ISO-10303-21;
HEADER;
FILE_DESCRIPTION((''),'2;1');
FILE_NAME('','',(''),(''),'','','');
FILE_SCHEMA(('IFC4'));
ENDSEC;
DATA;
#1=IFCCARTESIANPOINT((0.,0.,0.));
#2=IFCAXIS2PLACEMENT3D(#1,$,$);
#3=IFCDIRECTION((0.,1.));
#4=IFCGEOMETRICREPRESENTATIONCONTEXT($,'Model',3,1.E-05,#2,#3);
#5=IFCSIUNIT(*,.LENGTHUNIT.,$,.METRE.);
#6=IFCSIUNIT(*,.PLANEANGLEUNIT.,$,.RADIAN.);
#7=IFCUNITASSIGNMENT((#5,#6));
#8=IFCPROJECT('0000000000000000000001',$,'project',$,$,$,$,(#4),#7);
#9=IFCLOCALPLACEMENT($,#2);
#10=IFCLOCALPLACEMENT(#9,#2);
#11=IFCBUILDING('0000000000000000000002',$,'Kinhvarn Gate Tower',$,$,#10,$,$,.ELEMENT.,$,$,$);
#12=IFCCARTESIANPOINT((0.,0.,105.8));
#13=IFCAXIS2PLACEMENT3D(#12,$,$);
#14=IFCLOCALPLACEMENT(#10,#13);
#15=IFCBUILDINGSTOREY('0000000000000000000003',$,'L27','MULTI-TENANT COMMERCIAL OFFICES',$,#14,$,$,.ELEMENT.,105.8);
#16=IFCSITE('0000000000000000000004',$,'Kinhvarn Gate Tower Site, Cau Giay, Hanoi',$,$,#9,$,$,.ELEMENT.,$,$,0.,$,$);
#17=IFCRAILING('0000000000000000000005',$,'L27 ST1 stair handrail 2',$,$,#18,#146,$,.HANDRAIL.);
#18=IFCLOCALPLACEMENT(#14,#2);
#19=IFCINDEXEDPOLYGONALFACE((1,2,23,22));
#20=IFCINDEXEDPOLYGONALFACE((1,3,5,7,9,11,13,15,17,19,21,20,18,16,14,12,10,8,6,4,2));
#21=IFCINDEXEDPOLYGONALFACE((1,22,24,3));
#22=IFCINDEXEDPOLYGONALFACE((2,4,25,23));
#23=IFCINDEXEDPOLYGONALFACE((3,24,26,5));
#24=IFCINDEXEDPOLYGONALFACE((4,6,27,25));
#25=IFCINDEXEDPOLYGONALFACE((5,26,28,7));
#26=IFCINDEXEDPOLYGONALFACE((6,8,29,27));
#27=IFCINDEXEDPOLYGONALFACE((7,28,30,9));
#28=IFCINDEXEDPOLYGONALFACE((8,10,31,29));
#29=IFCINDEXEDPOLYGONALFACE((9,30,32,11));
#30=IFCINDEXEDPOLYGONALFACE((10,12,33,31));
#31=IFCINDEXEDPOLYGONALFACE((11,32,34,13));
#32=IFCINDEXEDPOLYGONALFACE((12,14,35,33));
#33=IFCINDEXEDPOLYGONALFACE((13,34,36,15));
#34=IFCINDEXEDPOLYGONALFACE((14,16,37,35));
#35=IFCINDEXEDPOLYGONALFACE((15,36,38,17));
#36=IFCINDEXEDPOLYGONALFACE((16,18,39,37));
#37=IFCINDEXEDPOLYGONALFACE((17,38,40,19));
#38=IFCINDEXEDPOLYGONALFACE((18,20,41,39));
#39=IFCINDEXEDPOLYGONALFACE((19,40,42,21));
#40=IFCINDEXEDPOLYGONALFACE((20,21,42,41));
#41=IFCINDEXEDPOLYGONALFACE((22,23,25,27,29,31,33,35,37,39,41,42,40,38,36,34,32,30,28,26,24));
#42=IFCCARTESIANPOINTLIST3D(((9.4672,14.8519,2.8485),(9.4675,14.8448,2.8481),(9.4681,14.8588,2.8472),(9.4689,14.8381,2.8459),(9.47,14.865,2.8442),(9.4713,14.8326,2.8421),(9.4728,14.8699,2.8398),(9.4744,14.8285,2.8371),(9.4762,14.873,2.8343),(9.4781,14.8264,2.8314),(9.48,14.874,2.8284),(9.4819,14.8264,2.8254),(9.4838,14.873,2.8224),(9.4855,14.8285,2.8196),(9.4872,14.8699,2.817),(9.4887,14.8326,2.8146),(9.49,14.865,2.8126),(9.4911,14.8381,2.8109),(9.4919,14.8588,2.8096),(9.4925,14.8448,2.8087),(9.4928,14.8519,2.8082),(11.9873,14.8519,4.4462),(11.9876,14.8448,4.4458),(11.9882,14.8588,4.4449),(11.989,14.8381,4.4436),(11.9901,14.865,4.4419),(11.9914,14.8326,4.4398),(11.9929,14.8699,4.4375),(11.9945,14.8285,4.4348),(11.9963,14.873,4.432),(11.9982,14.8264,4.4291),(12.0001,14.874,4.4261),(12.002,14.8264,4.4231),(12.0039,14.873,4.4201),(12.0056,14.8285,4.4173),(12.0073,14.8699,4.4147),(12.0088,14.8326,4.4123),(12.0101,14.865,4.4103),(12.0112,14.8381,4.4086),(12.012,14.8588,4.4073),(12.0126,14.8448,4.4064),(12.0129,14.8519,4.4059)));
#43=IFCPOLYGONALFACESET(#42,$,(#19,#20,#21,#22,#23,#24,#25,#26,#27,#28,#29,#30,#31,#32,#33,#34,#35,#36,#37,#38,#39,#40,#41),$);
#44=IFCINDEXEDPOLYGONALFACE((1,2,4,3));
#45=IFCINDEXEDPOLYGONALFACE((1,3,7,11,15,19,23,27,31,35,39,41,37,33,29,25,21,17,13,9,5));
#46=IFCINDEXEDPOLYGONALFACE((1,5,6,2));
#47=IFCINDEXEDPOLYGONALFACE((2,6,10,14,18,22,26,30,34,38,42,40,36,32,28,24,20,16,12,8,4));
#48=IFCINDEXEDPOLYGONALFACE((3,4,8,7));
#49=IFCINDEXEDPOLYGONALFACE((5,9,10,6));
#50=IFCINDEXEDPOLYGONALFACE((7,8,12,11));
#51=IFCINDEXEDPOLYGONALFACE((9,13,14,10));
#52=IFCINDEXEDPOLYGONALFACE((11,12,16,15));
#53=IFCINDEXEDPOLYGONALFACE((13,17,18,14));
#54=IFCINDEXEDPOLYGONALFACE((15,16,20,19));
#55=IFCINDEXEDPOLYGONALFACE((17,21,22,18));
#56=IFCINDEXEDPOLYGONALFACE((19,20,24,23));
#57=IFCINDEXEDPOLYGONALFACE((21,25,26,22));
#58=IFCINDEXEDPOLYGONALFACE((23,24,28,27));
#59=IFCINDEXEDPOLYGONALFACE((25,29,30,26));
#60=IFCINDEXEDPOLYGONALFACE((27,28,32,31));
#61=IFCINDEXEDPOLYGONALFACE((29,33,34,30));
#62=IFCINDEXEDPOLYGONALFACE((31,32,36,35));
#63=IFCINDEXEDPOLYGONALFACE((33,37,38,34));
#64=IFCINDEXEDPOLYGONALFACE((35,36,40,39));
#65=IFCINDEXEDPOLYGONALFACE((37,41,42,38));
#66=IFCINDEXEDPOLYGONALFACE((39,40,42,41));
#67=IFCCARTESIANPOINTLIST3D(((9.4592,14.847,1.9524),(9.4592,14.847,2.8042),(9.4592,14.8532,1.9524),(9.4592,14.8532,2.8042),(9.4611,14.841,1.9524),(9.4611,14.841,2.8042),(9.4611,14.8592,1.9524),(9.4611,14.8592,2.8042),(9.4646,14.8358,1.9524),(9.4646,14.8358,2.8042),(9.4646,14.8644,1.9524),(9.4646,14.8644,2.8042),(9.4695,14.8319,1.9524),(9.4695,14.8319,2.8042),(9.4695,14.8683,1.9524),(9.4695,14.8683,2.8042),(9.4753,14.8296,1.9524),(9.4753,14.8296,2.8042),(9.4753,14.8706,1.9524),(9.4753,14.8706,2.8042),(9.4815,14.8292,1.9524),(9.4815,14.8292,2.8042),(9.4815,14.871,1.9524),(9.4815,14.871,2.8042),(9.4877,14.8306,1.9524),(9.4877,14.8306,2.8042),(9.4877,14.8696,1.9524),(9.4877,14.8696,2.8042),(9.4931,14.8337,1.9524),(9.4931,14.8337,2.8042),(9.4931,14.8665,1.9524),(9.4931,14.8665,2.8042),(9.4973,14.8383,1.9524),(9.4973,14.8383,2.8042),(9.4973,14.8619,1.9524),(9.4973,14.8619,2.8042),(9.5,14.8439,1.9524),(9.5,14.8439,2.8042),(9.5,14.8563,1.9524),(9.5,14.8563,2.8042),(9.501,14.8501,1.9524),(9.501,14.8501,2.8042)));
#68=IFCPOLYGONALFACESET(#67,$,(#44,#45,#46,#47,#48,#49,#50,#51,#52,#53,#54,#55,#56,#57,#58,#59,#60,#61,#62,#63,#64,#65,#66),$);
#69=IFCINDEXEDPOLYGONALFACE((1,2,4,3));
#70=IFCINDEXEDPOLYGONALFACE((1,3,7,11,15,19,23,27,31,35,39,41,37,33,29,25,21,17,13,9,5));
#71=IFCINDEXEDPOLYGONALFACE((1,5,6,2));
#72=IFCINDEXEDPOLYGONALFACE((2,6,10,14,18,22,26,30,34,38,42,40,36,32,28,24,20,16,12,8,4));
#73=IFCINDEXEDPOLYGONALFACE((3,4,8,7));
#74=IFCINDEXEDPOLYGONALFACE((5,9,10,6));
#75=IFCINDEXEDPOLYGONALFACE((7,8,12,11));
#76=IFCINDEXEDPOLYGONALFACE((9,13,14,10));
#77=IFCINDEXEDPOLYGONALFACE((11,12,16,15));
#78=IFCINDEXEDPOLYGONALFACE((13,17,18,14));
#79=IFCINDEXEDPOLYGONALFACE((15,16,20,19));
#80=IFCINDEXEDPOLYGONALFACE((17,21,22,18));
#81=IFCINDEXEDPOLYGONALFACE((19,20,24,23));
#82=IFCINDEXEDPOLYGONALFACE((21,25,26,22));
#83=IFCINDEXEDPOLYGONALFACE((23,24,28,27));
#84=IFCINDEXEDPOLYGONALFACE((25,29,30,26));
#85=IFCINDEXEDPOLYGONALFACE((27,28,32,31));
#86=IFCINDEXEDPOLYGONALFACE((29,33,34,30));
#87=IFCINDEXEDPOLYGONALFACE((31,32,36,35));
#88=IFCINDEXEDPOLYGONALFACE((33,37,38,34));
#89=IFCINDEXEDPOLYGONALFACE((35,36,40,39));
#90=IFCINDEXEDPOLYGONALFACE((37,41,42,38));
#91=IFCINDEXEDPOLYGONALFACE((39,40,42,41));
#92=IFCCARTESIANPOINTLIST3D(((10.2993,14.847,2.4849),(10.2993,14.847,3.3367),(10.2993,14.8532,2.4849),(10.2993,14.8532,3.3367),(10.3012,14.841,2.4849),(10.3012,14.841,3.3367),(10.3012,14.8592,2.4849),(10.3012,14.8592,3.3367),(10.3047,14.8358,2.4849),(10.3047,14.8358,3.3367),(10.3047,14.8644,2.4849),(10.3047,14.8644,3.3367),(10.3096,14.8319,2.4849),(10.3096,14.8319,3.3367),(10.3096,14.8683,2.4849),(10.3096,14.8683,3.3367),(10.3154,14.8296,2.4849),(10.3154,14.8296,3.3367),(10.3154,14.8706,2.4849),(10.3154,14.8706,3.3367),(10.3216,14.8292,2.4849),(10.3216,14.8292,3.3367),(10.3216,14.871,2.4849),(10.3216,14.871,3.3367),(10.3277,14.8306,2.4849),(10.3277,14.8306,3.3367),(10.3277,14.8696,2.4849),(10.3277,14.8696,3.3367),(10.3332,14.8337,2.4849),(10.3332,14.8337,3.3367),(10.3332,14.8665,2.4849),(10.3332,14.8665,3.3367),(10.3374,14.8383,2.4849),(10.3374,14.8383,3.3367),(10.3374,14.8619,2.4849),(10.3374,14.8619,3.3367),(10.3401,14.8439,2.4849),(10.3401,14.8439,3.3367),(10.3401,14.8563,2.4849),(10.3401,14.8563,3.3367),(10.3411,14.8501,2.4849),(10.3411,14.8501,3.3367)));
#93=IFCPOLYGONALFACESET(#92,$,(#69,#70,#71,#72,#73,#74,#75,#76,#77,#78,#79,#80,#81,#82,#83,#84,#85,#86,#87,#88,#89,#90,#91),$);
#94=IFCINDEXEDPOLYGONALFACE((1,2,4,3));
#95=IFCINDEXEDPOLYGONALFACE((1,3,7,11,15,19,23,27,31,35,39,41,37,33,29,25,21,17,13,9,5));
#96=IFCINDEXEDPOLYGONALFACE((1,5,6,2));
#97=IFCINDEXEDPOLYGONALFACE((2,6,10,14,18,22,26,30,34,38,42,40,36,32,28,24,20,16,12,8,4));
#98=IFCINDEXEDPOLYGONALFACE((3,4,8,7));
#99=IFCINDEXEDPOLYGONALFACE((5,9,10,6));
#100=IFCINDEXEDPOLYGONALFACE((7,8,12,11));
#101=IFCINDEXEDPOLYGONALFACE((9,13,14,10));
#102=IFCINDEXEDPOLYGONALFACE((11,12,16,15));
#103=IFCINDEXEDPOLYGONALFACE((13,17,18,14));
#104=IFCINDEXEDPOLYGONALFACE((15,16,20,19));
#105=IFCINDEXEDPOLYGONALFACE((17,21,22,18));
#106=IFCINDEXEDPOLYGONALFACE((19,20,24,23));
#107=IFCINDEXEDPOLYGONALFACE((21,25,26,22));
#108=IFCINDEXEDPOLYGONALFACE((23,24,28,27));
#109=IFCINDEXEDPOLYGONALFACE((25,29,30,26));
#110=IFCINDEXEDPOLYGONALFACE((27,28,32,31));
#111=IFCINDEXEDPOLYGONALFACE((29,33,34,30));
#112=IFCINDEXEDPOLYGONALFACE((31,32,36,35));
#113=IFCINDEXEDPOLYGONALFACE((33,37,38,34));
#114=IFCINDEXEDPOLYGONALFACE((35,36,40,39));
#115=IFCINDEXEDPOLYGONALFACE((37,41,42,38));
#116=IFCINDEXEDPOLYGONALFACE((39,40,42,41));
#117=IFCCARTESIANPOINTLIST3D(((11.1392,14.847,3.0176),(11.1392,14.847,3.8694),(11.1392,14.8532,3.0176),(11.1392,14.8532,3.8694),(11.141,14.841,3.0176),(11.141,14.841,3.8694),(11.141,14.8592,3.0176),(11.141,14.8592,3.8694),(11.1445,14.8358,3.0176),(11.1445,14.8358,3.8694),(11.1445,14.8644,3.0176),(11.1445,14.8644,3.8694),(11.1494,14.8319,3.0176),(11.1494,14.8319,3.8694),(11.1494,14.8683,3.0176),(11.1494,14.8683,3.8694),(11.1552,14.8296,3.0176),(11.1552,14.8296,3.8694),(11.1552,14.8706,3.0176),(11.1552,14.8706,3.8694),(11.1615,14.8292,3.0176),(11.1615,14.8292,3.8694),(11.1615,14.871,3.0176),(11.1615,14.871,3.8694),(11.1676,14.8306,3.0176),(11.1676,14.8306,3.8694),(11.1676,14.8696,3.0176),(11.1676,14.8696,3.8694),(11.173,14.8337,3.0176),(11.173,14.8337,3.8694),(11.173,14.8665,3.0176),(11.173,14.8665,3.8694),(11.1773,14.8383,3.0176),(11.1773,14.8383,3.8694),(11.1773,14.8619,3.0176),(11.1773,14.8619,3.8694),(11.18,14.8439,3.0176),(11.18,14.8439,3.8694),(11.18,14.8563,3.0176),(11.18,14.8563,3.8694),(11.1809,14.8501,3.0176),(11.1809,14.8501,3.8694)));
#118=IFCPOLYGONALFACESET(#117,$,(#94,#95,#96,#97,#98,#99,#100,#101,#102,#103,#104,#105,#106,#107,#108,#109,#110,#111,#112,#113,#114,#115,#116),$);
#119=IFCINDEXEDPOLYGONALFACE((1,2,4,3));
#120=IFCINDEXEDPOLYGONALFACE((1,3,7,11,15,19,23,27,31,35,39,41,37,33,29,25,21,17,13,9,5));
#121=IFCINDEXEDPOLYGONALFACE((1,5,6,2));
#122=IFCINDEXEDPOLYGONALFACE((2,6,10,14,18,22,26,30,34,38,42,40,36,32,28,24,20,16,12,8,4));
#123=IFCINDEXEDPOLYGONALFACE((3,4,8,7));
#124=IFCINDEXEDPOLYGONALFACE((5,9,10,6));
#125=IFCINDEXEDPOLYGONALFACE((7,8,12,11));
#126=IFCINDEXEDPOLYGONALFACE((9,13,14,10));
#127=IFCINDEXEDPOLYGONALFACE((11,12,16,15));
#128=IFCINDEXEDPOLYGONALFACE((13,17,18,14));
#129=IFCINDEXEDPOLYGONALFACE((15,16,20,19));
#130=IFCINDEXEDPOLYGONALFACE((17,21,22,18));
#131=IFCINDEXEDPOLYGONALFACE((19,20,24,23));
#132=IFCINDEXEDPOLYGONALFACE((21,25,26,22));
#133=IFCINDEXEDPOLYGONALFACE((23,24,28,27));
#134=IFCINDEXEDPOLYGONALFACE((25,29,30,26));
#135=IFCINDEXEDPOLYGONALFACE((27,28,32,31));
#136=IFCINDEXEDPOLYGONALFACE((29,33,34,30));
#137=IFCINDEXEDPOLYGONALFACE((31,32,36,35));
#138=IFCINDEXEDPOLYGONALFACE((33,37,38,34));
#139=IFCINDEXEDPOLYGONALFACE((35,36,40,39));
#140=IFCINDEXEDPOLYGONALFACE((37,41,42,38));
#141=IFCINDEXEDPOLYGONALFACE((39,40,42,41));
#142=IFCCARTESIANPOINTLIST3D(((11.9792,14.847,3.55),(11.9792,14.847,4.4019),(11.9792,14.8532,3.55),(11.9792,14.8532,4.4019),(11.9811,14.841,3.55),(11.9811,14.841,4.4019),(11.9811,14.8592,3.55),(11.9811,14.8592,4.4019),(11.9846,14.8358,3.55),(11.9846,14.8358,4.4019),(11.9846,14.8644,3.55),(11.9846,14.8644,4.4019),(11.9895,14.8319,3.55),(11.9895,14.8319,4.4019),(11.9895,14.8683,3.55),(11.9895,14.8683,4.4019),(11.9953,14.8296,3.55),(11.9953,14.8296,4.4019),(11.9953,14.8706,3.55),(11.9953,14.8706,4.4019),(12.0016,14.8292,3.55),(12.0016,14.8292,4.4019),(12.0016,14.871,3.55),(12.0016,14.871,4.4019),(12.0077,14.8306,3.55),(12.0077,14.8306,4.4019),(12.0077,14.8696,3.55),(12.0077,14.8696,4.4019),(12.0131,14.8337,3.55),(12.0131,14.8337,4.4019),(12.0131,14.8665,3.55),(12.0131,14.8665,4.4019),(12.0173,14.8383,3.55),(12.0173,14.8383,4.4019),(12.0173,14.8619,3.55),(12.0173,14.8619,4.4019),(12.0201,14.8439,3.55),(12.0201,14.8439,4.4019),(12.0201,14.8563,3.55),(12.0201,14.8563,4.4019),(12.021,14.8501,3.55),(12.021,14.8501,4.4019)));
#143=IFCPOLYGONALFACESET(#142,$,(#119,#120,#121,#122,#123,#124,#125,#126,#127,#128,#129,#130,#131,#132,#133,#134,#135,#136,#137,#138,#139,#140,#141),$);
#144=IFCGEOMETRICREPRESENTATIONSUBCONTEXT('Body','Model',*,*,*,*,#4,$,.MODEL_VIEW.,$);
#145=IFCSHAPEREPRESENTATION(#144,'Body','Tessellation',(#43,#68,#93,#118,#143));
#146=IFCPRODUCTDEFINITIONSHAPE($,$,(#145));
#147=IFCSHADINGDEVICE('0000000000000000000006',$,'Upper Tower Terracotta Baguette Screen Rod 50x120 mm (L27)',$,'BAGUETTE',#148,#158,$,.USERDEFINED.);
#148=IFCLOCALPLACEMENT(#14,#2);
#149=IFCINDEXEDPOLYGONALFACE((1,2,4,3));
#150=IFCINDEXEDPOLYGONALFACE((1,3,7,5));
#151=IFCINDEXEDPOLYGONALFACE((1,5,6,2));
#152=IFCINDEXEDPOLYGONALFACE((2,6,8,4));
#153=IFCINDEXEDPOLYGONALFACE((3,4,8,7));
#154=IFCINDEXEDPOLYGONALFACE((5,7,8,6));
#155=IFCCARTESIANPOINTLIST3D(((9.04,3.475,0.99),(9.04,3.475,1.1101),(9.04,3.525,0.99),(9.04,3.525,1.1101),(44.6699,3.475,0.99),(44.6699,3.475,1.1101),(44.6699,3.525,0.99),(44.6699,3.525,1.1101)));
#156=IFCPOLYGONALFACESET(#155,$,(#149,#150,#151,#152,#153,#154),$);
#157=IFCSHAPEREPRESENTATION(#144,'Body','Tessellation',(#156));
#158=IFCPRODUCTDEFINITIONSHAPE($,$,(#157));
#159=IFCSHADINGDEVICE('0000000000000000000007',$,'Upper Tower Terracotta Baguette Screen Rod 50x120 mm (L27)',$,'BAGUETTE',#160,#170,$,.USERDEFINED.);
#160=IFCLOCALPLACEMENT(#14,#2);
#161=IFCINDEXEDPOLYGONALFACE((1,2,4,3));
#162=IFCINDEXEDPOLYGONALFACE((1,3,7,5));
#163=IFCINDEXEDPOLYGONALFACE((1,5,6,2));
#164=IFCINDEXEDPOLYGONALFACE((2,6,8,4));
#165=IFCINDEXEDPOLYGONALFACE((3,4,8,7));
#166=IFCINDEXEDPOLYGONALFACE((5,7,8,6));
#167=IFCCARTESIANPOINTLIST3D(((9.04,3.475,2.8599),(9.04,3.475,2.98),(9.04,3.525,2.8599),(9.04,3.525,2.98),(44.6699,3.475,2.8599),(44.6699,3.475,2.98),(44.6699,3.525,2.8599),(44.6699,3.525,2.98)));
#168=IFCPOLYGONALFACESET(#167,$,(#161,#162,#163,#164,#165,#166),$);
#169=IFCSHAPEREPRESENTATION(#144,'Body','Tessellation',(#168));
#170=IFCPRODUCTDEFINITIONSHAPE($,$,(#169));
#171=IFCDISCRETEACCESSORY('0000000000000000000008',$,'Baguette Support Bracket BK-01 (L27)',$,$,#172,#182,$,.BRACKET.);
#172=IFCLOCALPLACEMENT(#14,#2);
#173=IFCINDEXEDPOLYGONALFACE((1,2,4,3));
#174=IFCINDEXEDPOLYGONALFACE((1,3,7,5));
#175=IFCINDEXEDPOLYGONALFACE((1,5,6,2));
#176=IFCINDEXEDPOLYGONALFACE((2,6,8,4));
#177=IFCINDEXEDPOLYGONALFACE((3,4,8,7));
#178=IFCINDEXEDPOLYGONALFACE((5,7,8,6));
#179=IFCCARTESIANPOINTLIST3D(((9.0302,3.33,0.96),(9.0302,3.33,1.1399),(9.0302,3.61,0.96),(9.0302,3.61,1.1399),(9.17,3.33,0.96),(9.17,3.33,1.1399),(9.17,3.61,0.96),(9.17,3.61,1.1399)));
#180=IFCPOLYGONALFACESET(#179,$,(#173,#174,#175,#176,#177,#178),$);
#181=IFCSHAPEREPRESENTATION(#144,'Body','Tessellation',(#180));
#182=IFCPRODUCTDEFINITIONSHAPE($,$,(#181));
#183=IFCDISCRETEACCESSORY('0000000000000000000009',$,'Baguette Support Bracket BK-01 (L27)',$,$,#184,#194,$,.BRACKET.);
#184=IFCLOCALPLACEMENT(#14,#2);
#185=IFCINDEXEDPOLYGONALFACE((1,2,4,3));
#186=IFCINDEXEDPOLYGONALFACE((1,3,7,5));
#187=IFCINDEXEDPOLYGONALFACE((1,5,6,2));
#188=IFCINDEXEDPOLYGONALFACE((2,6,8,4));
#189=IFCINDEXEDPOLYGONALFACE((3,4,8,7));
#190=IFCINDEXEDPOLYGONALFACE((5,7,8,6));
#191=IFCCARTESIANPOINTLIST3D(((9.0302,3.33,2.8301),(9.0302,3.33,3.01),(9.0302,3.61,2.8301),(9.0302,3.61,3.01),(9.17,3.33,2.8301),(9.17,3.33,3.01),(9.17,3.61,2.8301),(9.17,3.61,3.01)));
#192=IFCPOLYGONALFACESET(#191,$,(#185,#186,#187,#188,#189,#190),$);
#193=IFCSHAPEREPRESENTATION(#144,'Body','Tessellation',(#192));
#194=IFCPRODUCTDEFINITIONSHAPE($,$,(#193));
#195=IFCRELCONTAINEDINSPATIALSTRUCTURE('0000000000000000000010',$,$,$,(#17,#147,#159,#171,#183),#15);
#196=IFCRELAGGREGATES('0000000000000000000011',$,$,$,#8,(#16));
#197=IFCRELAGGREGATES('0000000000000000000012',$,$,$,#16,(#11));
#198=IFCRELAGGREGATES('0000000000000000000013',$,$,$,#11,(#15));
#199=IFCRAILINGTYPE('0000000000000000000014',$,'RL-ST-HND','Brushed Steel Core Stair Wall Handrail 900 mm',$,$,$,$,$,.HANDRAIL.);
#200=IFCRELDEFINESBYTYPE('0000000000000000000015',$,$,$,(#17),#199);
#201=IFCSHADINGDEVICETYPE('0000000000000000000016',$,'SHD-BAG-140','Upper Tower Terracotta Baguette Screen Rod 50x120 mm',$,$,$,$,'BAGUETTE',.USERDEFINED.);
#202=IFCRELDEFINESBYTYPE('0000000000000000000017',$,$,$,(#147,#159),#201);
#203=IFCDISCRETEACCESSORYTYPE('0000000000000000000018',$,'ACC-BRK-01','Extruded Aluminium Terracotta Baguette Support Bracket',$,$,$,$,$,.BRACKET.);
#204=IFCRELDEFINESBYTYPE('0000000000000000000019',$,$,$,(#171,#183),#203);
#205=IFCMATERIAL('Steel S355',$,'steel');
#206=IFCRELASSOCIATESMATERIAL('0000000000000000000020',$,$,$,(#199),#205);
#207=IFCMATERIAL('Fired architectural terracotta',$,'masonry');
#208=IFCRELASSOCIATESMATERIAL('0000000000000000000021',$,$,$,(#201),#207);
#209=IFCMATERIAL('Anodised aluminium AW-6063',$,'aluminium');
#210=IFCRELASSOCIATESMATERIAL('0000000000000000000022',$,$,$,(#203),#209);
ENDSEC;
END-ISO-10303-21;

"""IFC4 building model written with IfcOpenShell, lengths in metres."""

from ifc_helpers import new_model, si_unit, direction, frame, origin, origin_2d, place, context, subcontext, project, spatial, rectangle, circle, extrude, material, material_profile, profile_set, type_object, element, save


model = new_model("IFC4")

# Units and contexts
model_context = context("Model", 3, precision=1e-05, world=origin(), true_north=direction((0.0, 1.0)))
body_context = subcontext(model_context, "Body", "Model", "MODEL_VIEW")
ifc_project = project(units=[si_unit("LENGTHUNIT", "METRE"), si_unit("PLANEANGLEUNIT", "RADIAN")], contexts=[model_context])

# Site, building, storey
site_placement = place(None, origin())
site = spatial("IfcSite", under=ifc_project, at=site_placement, Name="Kinhvarn Gate Tower Site, Cau Giay, Hanoi", CompositionType="ELEMENT", RefElevation=0.0)
building_placement = place(site_placement, origin())
building = spatial("IfcBuilding", under=site, at=building_placement, Name="Kinhvarn Gate Tower", CompositionType="ELEMENT")
storey_placement = place(building_placement, frame((0.0, 0.0, 105.8)))
storey = spatial("IfcBuildingStorey", under=building, at=storey_placement, Name="L27", Description="MULTI-TENANT COMMERCIAL OFFICES", CompositionType="ELEMENT", Elevation=105.8)

# Shared definitions
ifc_material_1 = material(Name="Anodised aluminium AW-6063", Category="aluminium")

# Shared definitions
ifc_material_2 = material(Name="Steel S355", Category="steel")

# Shared definitions
ifc_material_3 = material(Name="Fired architectural terracotta", Category="masonry")

# Railing
railing_type_1 = type_object("IfcRailingType", Name="RL-ST-HND", Description="Brushed Steel Core Stair Wall Handrail 900 mm", PredefinedType="HANDRAIL", material=ifc_material_2)
railing_1_placement = place(storey_placement, frame((9.48, 14.8501, 1.9524)))
element("IfcRailing", 1, at=railing_1_placement, inside=storey, type_object=railing_type_1, Name="L27 ST1 stair handrail 2", PredefinedType="HANDRAIL", context=body_context, shape_type="SweptSolid", body=[
    extrude(circle(Radius=0.0239, at=origin_2d()), frame((0.0, 0.0, 0.876), z_axis=(0.84457, 0.0, 0.535445), x_axis=(0.0, 1.0, 0.0)), (0.0, 0.0, 1.0), 2.9839),
    extrude(circle(Radius=0.021, at=origin_2d()), origin(), (0.0, 0.0, 1.0), 0.8518),
    extrude(circle(Radius=0.021, at=origin_2d()), frame((0.8401, 0.0, 0.5325)), (0.0, 0.0, 1.0), 0.8518),
    extrude(circle(Radius=0.021, at=origin_2d()), frame((1.6799, 0.0, 1.0652)), (0.0, 0.0, 1.0), 0.8518),
    extrude(circle(Radius=0.021, at=origin_2d()), frame((2.52, 0.0, 1.5977)), (0.0, 0.0, 1.0), 0.8518),
])

# Shading devices
ifc_material_profile_1 = material_profile(ifc_material_3, rectangle(XDim=0.05, YDim=0.1201, at=origin_2d()), Name="TC 50x120")
ifc_profile_set_1 = profile_set([ifc_material_profile_1], Name="Fired architectural terracotta")
shading_device_type = type_object("IfcShadingDeviceType", Name="SHD-BAG-140", Description="Upper Tower Terracotta Baguette Screen Rod 50x120 mm", ElementType="BAGUETTE", PredefinedType="USERDEFINED", material=ifc_profile_set_1)
for number, where, z_axis, x_axis, name in (
    (2, (9.04, 3.5, 1.05), (1.0, 0.0, 0.0), (0.0, 1.0, 0.0), "Upper Tower Terracotta Baguette Screen Rod 50x120 mm (L27)"),
    (3, (9.04, 3.5, 2.9199), (1.0, 0.0, 0.0), (0.0, 1.0, 0.0), "Upper Tower Terracotta Baguette Screen Rod 50x120 mm (L27)"),
):
    element("IfcShadingDevice", number, at=place(storey_placement, frame(where, z_axis=z_axis, x_axis=x_axis)), inside=storey, type_object=shading_device_type, Name=name, ObjectType="BAGUETTE", PredefinedType="USERDEFINED", context=body_context, shape_type="SweptSolid", body=[
        extrude(rectangle(XDim=0.05, YDim=0.1201, at=origin_2d()), origin(), (0.0, 0.0, 1.0), 35.6299),
    ])

# Discrete accessories
discrete_accessory_type = type_object("IfcDiscreteAccessoryType", Name="ACC-BRK-01", Description="Extruded Aluminium Terracotta Baguette Support Bracket", PredefinedType="BRACKET", material=ifc_material_1)
for number, where, z_axis, x_axis, name in (
    (4, (9.1001, 3.47, 0.96), (0.0, 0.0, 1.0), (1.0, 0.0, 0.0), "Baguette Support Bracket BK-01 (L27)"),
    (5, (9.1001, 3.47, 2.8301), (0.0, 0.0, 1.0), (1.0, 0.0, 0.0), "Baguette Support Bracket BK-01 (L27)"),
):
    element("IfcDiscreteAccessory", number, at=place(storey_placement, frame(where, z_axis=z_axis, x_axis=x_axis)), inside=storey, type_object=discrete_accessory_type, Name=name, PredefinedType="BRACKET", context=body_context, shape_type="SweptSolid", body=[
        extrude(rectangle(XDim=0.1399, YDim=0.28, at=origin_2d()), origin(), (0.0, 0.0, 1.0), 0.1799),
    ])

save(model, "model.ifc")
